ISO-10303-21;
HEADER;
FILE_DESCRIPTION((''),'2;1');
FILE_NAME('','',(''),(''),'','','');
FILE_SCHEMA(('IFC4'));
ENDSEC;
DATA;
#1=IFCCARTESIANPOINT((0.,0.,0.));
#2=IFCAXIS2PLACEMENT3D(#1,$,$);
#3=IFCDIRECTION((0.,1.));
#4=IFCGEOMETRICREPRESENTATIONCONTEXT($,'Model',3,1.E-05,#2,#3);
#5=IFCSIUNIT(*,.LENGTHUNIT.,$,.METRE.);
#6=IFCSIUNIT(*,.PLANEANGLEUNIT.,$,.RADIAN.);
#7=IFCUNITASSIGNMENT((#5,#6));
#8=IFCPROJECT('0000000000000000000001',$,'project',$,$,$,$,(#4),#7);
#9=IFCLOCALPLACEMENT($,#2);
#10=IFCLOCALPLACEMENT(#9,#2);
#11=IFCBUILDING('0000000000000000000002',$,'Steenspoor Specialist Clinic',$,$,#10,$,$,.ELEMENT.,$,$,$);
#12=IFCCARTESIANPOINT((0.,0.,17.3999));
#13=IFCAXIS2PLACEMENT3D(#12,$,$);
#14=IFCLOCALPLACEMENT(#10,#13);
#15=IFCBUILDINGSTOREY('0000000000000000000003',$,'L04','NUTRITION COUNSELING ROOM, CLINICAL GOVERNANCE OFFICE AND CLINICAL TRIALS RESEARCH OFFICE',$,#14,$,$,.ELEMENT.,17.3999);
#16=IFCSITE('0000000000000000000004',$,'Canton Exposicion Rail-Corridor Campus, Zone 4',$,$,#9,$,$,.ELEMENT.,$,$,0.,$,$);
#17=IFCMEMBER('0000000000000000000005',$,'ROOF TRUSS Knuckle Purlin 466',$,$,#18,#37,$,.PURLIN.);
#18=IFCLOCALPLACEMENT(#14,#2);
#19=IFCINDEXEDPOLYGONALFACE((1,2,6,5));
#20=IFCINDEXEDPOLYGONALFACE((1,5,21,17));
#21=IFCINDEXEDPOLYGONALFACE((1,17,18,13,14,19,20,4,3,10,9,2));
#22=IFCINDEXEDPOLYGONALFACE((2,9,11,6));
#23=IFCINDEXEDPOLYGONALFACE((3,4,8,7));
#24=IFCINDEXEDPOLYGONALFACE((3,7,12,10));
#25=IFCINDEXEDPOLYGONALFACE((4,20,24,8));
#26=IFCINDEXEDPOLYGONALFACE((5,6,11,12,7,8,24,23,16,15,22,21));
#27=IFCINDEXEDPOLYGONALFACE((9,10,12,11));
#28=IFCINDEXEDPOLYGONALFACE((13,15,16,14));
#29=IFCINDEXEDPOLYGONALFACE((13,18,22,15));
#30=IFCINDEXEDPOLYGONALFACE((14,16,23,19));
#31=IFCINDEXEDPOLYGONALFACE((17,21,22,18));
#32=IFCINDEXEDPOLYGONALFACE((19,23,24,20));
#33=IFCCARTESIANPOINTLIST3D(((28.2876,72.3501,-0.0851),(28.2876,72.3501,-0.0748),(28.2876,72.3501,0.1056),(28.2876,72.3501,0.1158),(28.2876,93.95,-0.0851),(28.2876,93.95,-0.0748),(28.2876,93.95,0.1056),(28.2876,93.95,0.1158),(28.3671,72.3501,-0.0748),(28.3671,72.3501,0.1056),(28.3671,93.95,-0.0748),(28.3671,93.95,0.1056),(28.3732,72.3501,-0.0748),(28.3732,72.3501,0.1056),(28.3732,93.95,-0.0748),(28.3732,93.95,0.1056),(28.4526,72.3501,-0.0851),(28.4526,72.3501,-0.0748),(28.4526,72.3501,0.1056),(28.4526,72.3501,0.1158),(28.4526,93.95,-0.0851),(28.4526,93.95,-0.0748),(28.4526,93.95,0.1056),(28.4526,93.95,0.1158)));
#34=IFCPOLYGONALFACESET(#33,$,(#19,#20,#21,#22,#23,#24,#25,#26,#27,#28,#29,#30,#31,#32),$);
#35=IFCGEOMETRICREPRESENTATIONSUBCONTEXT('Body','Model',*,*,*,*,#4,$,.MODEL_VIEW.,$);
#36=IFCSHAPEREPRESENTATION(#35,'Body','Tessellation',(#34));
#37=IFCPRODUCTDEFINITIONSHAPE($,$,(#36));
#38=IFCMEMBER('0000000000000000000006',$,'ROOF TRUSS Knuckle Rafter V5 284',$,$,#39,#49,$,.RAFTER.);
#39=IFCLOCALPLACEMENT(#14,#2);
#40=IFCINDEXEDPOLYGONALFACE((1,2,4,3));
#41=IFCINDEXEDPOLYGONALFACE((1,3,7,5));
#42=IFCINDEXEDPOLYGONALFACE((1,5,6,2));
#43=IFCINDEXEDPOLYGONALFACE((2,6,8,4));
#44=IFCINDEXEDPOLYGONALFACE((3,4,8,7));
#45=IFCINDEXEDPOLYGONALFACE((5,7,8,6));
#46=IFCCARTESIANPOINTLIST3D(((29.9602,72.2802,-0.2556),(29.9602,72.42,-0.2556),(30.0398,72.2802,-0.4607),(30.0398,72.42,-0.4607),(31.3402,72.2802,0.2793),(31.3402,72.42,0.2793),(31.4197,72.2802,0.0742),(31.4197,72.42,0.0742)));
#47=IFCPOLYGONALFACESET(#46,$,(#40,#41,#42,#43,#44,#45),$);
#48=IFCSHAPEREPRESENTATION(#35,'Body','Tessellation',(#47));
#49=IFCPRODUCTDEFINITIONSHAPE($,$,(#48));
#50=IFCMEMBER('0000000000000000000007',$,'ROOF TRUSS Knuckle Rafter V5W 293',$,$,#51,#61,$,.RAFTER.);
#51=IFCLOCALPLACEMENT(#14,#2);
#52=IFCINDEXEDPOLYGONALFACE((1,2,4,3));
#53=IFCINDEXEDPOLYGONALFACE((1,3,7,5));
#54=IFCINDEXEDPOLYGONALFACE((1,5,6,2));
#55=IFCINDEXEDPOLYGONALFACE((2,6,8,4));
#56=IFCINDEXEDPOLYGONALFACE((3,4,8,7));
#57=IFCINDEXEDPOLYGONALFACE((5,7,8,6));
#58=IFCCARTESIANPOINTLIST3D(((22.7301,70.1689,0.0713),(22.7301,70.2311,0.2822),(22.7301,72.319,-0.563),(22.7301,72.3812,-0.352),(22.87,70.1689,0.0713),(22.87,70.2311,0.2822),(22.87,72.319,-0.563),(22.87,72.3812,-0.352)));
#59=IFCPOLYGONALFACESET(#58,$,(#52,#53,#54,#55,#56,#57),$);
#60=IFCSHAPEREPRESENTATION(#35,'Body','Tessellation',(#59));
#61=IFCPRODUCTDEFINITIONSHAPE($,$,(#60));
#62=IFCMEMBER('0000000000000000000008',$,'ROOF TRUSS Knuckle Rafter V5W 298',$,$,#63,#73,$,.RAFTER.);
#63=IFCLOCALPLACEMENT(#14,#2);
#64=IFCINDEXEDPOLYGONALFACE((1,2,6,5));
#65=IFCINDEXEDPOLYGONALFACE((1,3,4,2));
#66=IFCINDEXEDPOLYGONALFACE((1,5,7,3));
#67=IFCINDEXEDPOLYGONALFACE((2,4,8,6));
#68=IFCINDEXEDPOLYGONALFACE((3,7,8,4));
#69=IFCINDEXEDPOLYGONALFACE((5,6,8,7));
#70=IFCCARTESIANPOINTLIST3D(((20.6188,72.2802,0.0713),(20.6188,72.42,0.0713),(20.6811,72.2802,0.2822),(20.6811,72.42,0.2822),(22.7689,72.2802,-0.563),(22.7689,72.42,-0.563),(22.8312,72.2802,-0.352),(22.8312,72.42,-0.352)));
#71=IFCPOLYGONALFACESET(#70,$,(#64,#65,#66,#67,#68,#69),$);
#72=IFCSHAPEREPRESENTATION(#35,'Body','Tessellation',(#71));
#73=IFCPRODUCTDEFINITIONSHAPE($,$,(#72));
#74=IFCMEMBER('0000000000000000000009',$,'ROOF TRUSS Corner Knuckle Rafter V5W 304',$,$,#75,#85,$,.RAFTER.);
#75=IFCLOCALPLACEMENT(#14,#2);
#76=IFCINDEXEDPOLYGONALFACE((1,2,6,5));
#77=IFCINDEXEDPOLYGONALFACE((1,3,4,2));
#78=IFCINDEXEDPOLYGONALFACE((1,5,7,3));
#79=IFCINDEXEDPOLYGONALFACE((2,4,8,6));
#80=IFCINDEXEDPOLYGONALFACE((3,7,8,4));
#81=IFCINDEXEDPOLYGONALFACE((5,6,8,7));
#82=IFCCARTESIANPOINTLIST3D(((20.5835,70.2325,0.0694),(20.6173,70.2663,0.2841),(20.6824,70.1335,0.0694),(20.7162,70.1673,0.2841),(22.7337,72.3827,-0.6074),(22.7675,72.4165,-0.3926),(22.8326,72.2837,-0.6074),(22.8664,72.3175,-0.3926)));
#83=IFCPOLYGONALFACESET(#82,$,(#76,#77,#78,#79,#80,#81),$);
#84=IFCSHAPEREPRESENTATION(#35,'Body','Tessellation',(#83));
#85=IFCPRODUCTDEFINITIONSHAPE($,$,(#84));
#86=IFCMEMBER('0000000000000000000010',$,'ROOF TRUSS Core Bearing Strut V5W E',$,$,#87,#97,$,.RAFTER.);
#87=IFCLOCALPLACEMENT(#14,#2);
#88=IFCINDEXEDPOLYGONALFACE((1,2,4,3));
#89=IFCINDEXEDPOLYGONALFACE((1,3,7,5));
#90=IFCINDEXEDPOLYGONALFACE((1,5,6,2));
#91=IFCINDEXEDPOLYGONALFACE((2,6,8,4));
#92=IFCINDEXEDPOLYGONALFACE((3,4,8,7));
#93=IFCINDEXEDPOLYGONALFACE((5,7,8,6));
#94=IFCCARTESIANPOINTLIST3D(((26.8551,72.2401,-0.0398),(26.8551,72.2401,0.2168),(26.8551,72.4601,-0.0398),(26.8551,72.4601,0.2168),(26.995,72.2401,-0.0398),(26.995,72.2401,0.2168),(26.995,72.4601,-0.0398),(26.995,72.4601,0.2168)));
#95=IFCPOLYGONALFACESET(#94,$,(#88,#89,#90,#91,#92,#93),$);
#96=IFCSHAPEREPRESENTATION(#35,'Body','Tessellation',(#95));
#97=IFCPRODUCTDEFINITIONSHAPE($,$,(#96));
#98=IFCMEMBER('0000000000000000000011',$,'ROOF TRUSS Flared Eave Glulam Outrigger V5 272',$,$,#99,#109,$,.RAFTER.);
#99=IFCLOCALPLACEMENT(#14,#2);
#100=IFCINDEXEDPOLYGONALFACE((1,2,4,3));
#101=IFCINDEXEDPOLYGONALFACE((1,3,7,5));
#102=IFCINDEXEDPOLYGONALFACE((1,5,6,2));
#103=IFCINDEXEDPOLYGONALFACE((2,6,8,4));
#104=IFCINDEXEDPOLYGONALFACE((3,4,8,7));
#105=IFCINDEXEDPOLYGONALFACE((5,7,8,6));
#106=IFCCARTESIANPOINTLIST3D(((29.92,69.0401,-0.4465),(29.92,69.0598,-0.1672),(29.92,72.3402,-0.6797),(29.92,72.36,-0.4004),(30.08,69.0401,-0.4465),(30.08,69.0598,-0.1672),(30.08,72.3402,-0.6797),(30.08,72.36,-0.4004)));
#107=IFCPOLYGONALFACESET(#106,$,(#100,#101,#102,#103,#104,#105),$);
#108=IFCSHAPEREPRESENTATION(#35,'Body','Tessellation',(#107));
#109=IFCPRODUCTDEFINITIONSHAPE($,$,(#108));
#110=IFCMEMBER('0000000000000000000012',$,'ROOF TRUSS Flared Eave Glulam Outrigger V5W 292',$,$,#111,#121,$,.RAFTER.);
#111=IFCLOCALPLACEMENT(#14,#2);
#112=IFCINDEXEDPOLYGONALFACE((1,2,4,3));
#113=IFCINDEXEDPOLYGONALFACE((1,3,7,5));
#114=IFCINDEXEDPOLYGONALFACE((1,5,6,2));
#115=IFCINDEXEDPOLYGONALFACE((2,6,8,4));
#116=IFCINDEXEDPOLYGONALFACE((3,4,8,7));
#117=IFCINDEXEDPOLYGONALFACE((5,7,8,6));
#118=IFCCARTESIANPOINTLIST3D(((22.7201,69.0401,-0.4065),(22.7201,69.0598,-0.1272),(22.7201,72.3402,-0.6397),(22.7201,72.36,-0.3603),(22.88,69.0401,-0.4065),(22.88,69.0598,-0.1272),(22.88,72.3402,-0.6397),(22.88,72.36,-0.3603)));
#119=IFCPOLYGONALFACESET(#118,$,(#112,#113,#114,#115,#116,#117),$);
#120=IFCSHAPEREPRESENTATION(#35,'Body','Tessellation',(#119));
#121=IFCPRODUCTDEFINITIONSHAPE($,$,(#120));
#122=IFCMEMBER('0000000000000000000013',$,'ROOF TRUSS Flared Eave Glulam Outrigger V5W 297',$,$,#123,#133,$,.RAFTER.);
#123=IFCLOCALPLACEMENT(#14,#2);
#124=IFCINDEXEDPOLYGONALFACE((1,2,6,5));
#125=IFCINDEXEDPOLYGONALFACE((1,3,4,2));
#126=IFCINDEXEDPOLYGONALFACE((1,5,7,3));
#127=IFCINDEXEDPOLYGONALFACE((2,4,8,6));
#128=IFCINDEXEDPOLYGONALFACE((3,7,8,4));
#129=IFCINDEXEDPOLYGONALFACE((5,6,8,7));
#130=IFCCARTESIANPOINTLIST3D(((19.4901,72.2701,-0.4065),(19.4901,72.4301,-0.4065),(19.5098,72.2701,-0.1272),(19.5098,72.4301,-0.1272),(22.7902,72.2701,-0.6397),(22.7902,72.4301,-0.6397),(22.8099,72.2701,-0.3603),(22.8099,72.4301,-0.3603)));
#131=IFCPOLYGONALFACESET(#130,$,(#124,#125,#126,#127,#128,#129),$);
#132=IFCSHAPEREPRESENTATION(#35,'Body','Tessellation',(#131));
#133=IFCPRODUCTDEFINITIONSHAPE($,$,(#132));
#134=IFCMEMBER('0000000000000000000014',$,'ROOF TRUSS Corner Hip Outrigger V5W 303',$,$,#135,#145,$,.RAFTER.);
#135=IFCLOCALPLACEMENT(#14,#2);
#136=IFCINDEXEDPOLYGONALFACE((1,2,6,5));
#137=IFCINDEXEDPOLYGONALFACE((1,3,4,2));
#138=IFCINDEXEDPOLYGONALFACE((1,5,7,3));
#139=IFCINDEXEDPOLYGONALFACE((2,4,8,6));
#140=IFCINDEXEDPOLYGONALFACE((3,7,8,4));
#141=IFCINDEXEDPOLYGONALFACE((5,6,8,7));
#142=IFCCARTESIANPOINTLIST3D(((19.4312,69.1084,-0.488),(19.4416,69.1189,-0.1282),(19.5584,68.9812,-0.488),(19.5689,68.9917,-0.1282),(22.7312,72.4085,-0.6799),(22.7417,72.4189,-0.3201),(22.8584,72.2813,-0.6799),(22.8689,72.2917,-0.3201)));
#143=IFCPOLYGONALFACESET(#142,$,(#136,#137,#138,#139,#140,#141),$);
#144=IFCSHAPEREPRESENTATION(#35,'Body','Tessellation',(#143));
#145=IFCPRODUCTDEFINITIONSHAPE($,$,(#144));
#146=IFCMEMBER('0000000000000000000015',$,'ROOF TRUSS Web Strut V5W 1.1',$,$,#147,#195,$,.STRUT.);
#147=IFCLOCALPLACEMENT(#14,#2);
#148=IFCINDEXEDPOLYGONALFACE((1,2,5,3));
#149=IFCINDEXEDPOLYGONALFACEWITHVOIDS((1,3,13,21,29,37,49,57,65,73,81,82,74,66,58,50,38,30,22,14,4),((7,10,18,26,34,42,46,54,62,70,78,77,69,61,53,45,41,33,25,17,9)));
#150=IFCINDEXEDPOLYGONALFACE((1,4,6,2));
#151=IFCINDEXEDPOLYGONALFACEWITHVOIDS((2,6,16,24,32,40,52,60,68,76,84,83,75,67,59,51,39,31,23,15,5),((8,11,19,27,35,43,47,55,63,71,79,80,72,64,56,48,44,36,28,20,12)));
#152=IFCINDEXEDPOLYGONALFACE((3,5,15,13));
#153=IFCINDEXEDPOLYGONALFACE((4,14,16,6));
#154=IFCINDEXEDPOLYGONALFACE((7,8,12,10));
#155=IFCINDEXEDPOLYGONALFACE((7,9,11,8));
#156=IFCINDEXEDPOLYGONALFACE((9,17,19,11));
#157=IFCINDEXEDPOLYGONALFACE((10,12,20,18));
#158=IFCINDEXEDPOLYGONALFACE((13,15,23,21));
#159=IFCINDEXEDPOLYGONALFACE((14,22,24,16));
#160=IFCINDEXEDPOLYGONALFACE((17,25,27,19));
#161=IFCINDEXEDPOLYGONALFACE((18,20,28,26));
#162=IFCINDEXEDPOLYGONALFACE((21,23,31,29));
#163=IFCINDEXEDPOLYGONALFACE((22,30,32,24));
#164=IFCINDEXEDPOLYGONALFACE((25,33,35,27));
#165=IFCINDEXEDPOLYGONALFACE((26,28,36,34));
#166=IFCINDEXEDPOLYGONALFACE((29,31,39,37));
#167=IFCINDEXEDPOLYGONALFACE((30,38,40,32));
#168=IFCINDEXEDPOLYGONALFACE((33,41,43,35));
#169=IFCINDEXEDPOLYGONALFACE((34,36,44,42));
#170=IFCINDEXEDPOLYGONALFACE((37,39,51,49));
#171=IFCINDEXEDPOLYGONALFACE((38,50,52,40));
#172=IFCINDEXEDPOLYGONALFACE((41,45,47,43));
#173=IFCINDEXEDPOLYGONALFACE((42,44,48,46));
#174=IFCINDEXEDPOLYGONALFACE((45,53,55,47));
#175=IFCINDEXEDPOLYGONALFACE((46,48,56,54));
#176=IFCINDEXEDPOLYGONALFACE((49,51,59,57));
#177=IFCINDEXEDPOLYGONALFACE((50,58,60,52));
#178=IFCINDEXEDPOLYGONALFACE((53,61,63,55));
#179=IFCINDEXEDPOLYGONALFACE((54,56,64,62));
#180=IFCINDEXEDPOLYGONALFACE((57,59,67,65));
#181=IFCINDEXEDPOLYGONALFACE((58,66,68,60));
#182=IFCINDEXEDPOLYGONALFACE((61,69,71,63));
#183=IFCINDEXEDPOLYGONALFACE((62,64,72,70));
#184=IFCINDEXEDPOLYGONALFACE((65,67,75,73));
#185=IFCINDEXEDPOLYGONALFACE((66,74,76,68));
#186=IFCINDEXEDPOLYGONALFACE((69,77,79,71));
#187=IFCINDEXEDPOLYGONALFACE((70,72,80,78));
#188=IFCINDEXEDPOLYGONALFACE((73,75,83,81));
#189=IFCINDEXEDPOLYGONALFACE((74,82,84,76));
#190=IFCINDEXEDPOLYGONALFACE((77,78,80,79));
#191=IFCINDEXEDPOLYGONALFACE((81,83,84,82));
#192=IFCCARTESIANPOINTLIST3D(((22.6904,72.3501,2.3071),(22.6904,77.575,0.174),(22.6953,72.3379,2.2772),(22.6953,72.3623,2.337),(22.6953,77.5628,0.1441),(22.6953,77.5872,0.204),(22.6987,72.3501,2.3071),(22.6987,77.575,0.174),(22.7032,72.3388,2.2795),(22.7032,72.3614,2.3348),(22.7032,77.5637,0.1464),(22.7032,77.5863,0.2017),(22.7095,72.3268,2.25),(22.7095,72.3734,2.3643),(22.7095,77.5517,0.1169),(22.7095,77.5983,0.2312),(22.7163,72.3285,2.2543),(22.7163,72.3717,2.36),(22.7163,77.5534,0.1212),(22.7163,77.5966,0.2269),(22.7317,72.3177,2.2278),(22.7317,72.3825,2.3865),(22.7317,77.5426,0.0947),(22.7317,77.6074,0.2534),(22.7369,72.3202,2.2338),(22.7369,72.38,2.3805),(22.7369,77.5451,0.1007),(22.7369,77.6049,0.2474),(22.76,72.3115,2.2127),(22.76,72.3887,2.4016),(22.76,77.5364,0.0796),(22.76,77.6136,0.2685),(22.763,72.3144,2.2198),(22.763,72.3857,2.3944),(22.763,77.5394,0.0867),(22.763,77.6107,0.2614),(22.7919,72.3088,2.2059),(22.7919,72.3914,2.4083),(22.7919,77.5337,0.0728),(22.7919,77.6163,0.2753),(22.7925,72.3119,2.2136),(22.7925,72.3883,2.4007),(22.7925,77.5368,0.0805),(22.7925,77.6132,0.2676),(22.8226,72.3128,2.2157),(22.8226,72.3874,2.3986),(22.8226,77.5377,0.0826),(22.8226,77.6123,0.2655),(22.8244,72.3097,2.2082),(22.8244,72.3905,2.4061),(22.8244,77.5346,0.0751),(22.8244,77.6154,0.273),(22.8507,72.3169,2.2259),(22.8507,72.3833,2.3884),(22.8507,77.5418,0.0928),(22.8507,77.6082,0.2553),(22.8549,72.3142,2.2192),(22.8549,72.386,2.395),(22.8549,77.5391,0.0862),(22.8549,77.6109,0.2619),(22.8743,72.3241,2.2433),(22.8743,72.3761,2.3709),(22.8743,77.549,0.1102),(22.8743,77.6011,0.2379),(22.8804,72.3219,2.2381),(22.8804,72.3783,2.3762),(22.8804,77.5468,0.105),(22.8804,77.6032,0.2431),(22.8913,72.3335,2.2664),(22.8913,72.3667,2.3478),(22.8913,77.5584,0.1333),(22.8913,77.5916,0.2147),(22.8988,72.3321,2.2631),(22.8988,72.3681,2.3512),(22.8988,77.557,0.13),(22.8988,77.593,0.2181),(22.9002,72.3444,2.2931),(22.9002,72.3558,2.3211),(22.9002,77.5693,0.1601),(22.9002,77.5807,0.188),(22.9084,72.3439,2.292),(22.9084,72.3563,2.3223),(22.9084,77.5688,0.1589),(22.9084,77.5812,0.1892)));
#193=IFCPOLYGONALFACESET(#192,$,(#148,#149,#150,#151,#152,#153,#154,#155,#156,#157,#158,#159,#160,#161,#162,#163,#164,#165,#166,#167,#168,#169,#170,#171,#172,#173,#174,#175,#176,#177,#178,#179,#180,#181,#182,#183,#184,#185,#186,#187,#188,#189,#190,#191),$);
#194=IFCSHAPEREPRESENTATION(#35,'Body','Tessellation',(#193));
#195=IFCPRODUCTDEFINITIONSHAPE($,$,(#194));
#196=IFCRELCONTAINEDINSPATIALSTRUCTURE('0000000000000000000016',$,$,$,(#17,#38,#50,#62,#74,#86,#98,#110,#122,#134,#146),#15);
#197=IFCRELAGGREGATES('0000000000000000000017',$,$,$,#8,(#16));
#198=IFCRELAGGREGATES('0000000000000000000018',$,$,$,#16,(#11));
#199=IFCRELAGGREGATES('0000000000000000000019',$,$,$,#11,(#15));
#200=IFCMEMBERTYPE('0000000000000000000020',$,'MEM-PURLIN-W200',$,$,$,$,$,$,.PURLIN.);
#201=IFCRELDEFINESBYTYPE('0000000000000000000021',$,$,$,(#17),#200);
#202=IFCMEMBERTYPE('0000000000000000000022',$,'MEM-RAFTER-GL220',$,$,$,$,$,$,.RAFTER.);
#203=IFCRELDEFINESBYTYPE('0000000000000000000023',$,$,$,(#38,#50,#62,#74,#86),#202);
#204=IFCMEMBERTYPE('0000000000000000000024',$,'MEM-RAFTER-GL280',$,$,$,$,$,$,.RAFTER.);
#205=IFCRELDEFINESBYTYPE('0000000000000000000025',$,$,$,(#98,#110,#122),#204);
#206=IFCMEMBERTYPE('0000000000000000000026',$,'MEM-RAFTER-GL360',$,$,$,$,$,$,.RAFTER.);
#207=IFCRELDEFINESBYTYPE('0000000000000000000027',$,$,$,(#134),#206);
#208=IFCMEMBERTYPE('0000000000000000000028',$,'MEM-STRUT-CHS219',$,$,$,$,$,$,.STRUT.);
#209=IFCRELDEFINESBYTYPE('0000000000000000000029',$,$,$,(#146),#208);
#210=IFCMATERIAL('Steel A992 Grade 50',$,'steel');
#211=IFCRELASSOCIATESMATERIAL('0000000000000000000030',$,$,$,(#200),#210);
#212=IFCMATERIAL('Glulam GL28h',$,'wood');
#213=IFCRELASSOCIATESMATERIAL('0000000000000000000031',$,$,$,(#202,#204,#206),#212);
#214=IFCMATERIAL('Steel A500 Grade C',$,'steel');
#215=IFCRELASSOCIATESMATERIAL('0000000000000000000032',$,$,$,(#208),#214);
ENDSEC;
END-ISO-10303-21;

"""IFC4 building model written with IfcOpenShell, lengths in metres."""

from ifc_helpers import new_model, si_unit, direction, frame, origin, origin_2d, place, context, subcontext, project, spatial, rectangle, hollow_circle, i_section, extrude, material, material_profile, profile_set, type_object, element, save


model = new_model("IFC4")

# Units and contexts
model_context = context("Model", 3, precision=1e-05, world=origin(), true_north=direction((0.0, 1.0)))
body_context = subcontext(model_context, "Body", "Model", "MODEL_VIEW")
ifc_project = project(units=[si_unit("LENGTHUNIT", "METRE"), si_unit("PLANEANGLEUNIT", "RADIAN")], contexts=[model_context])

# Site, building, storey
site_placement = place(None, origin())
site = spatial("IfcSite", under=ifc_project, at=site_placement, Name="Canton Exposicion Rail-Corridor Campus, Zone 4", CompositionType="ELEMENT", RefElevation=0.0)
building_placement = place(site_placement, origin())
building = spatial("IfcBuilding", under=site, at=building_placement, Name="Steenspoor Specialist Clinic", CompositionType="ELEMENT")
storey_placement = place(building_placement, frame((0.0, 0.0, 17.3999)))
storey = spatial("IfcBuildingStorey", under=building, at=storey_placement, Name="L04", Description="NUTRITION COUNSELING ROOM, CLINICAL GOVERNANCE OFFICE AND CLINICAL TRIALS RESEARCH OFFICE", CompositionType="ELEMENT", Elevation=17.3999)

# Shared definitions
ifc_material_1 = material(Name="Steel A992 Grade 50", Category="steel")

# Members
ifc_material_2 = material(Name="Steel A500 Grade C", Category="steel")
ifc_material_profile_1 = material_profile(ifc_material_1, i_section(OverallWidth=0.165, OverallDepth=0.2009, WebThickness=0.0061, FlangeThickness=0.0103, at=origin_2d()), Name="W200X36")
ifc_profile_set_1 = profile_set([ifc_material_profile_1], Name="Steel A992 Grade 50")
member_type_1 = type_object("IfcMemberType", Name="MEM-PURLIN-W200", PredefinedType="PURLIN", material=ifc_profile_set_1)
member_1_placement = place(storey_placement, frame((28.3701, 72.3501, 0.0154), z_axis=(0.0, 1.0, 0.0), x_axis=(-1.0, 0.0, 0.0)))
element("IfcMember", 1, at=member_1_placement, inside=storey, type_object=member_type_1, Name="ROOF TRUSS Knuckle Purlin 466", PredefinedType="PURLIN", context=body_context, shape_type="SweptSolid", body=[
    extrude(i_section(OverallWidth=0.165, OverallDepth=0.2009, WebThickness=0.0061, FlangeThickness=0.0103, at=origin_2d()), origin(), (0.0, 0.0, 1.0), 21.5999),
])
ifc_material_3 = material(Name="Glulam GL28h", Category="wood")
ifc_material_profile_2 = material_profile(ifc_material_3, rectangle(XDim=0.1399, YDim=0.22, at=origin_2d()), Name="GL28H-140X220")
ifc_profile_set_2 = profile_set([ifc_material_profile_2], Name="Glulam GL28h")
member_type_2 = type_object("IfcMemberType", Name="MEM-RAFTER-GL220", PredefinedType="RAFTER", material=ifc_profile_set_2)
member_2_placement = place(storey_placement, frame((30.0, 72.3501, -0.3582), z_axis=(0.932394, 0.0, 0.361443), x_axis=(0.0, 1.0, 0.0)))
element("IfcMember", 2, at=member_2_placement, inside=storey, type_object=member_type_2, Name="ROOF TRUSS Knuckle Rafter V5 284", PredefinedType="RAFTER", context=body_context, shape_type="SweptSolid", body=[
    extrude(rectangle(XDim=0.1399, YDim=0.22, at=origin_2d()), origin(), (0.0, 0.0, 1.0), 1.48),
])
for number, where, z_axis, x_axis, name in (
    (3, (22.8, 72.3501, -0.4575), (0.0, -0.959138, 0.282939), (1.0, 0.0, 0.0), "ROOF TRUSS Knuckle Rafter V5W 293"),
    (4, (22.8, 72.3501, -0.4575), (-0.959138, 0.0, 0.282939), (0.0, -1.0, 0.0), "ROOF TRUSS Knuckle Rafter V5W 298"),
):
    element("IfcMember", number, at=place(storey_placement, frame(where, z_axis=z_axis, x_axis=x_axis)), inside=storey, type_object=member_type_2, Name=name, PredefinedType="RAFTER", context=body_context, shape_type="SweptSolid", body=[
        extrude(rectangle(XDim=0.1399, YDim=0.22, at=origin_2d()), origin(), (0.0, 0.0, 1.0), 2.2417),
    ])
member_3_placement = place(storey_placement, frame((22.8, 72.3501, -0.5), z_axis=(-0.690219, -0.690219, 0.217246), x_axis=(0.707107, -0.707107, 0.0)))
element("IfcMember", 5, at=member_3_placement, inside=storey, type_object=member_type_2, Name="ROOF TRUSS Corner Knuckle Rafter V5W 304", PredefinedType="RAFTER", context=body_context, shape_type="SweptSolid", body=[
    extrude(rectangle(XDim=0.1399, YDim=0.22, at=origin_2d()), origin(), (0.0, 0.0, 1.0), 3.1152),
])
member_4_placement = place(storey_placement, frame((26.925, 72.3501, -0.0398), z_axis=(0.0, 0.0, 1.0), x_axis=(1.0, 0.0, 0.0)))
element("IfcMember", 6, at=member_4_placement, inside=storey, type_object=member_type_2, Name="ROOF TRUSS Core Bearing Strut V5W E", PredefinedType="RAFTER", context=body_context, shape_type="SweptSolid", body=[
    extrude(rectangle(XDim=0.1399, YDim=0.22, at=origin_2d()), origin(), (0.0, 0.0, 1.0), 0.2566),
])
ifc_material_profile_3 = material_profile(ifc_material_3, rectangle(XDim=0.1599, YDim=0.28, at=origin_2d()), Name="GL28H-160X280")
ifc_profile_set_3 = profile_set([ifc_material_profile_3], Name="Glulam GL28h")
member_type_3 = type_object("IfcMemberType", Name="MEM-RAFTER-GL280", PredefinedType="RAFTER", material=ifc_profile_set_3)
for number, where, z_axis, x_axis, name in (
    (7, (30.0, 72.3501, -0.54), (0.0, -0.997513, 0.070476), (1.0, 0.0, 0.0), "ROOF TRUSS Flared Eave Glulam Outrigger V5 272"),
    (8, (22.8, 72.3501, -0.5), (0.0, -0.997513, 0.070476), (1.0, 0.0, 0.0), "ROOF TRUSS Flared Eave Glulam Outrigger V5W 292"),
    (9, (22.8, 72.3501, -0.5), (-0.997513, 0.0, 0.070476), (0.0, -1.0, 0.0), "ROOF TRUSS Flared Eave Glulam Outrigger V5W 297"),
):
    element("IfcMember", number, at=place(storey_placement, frame(where, z_axis=z_axis, x_axis=x_axis)), inside=storey, type_object=member_type_3, Name=name, PredefinedType="RAFTER", context=body_context, shape_type="SweptSolid", body=[
        extrude(rectangle(XDim=0.1599, YDim=0.28, at=origin_2d()), origin(), (0.0, 0.0, 1.0), 3.3083),
    ])
ifc_material_profile_4 = material_profile(ifc_material_3, rectangle(XDim=0.1799, YDim=0.3601, at=origin_2d()), Name="GL28H-180X360")
ifc_profile_set_4 = profile_set([ifc_material_profile_4], Name="Glulam GL28h")
member_type_4 = type_object("IfcMemberType", Name="MEM-RAFTER-GL360", PredefinedType="RAFTER", material=ifc_profile_set_4)
member_5_placement = place(storey_placement, frame((22.8, 72.3501, -0.5), z_axis=(-0.70651, -0.70651, 0.041083), x_axis=(0.707107, -0.707107, 0.0)))
element("IfcMember", 10, at=member_5_placement, inside=storey, type_object=member_type_4, Name="ROOF TRUSS Corner Hip Outrigger V5W 303", PredefinedType="RAFTER", context=body_context, shape_type="SweptSolid", body=[
    extrude(rectangle(XDim=0.1799, YDim=0.3601, at=origin_2d()), origin(), (0.0, 0.0, 1.0), 4.6709),
])
ifc_material_profile_5 = material_profile(ifc_material_2, hollow_circle(Radius=0.1096, WallThickness=0.0083, at=origin_2d()), Name="CHS219X8.2")
ifc_profile_set_5 = profile_set([ifc_material_profile_5], Name="Steel A500 Grade C")
member_type_5 = type_object("IfcMemberType", Name="MEM-STRUT-CHS219", PredefinedType="STRUT", material=ifc_profile_set_5)
member_6_placement = place(storey_placement, frame((22.8, 72.3501, 2.3071), z_axis=(0.0, 0.925819, -0.377967), x_axis=(-1.0, 0.0, 0.0)))
element("IfcMember", 11, at=member_6_placement, inside=storey, type_object=member_type_5, Name="ROOF TRUSS Web Strut V5W 1.1", PredefinedType="STRUT", context=body_context, shape_type="SweptSolid", body=[
    extrude(hollow_circle(Radius=0.1096, WallThickness=0.0083, at=origin_2d()), origin(), (0.0, 0.0, 1.0), 5.6436),
])

save(model, "model.ifc")
